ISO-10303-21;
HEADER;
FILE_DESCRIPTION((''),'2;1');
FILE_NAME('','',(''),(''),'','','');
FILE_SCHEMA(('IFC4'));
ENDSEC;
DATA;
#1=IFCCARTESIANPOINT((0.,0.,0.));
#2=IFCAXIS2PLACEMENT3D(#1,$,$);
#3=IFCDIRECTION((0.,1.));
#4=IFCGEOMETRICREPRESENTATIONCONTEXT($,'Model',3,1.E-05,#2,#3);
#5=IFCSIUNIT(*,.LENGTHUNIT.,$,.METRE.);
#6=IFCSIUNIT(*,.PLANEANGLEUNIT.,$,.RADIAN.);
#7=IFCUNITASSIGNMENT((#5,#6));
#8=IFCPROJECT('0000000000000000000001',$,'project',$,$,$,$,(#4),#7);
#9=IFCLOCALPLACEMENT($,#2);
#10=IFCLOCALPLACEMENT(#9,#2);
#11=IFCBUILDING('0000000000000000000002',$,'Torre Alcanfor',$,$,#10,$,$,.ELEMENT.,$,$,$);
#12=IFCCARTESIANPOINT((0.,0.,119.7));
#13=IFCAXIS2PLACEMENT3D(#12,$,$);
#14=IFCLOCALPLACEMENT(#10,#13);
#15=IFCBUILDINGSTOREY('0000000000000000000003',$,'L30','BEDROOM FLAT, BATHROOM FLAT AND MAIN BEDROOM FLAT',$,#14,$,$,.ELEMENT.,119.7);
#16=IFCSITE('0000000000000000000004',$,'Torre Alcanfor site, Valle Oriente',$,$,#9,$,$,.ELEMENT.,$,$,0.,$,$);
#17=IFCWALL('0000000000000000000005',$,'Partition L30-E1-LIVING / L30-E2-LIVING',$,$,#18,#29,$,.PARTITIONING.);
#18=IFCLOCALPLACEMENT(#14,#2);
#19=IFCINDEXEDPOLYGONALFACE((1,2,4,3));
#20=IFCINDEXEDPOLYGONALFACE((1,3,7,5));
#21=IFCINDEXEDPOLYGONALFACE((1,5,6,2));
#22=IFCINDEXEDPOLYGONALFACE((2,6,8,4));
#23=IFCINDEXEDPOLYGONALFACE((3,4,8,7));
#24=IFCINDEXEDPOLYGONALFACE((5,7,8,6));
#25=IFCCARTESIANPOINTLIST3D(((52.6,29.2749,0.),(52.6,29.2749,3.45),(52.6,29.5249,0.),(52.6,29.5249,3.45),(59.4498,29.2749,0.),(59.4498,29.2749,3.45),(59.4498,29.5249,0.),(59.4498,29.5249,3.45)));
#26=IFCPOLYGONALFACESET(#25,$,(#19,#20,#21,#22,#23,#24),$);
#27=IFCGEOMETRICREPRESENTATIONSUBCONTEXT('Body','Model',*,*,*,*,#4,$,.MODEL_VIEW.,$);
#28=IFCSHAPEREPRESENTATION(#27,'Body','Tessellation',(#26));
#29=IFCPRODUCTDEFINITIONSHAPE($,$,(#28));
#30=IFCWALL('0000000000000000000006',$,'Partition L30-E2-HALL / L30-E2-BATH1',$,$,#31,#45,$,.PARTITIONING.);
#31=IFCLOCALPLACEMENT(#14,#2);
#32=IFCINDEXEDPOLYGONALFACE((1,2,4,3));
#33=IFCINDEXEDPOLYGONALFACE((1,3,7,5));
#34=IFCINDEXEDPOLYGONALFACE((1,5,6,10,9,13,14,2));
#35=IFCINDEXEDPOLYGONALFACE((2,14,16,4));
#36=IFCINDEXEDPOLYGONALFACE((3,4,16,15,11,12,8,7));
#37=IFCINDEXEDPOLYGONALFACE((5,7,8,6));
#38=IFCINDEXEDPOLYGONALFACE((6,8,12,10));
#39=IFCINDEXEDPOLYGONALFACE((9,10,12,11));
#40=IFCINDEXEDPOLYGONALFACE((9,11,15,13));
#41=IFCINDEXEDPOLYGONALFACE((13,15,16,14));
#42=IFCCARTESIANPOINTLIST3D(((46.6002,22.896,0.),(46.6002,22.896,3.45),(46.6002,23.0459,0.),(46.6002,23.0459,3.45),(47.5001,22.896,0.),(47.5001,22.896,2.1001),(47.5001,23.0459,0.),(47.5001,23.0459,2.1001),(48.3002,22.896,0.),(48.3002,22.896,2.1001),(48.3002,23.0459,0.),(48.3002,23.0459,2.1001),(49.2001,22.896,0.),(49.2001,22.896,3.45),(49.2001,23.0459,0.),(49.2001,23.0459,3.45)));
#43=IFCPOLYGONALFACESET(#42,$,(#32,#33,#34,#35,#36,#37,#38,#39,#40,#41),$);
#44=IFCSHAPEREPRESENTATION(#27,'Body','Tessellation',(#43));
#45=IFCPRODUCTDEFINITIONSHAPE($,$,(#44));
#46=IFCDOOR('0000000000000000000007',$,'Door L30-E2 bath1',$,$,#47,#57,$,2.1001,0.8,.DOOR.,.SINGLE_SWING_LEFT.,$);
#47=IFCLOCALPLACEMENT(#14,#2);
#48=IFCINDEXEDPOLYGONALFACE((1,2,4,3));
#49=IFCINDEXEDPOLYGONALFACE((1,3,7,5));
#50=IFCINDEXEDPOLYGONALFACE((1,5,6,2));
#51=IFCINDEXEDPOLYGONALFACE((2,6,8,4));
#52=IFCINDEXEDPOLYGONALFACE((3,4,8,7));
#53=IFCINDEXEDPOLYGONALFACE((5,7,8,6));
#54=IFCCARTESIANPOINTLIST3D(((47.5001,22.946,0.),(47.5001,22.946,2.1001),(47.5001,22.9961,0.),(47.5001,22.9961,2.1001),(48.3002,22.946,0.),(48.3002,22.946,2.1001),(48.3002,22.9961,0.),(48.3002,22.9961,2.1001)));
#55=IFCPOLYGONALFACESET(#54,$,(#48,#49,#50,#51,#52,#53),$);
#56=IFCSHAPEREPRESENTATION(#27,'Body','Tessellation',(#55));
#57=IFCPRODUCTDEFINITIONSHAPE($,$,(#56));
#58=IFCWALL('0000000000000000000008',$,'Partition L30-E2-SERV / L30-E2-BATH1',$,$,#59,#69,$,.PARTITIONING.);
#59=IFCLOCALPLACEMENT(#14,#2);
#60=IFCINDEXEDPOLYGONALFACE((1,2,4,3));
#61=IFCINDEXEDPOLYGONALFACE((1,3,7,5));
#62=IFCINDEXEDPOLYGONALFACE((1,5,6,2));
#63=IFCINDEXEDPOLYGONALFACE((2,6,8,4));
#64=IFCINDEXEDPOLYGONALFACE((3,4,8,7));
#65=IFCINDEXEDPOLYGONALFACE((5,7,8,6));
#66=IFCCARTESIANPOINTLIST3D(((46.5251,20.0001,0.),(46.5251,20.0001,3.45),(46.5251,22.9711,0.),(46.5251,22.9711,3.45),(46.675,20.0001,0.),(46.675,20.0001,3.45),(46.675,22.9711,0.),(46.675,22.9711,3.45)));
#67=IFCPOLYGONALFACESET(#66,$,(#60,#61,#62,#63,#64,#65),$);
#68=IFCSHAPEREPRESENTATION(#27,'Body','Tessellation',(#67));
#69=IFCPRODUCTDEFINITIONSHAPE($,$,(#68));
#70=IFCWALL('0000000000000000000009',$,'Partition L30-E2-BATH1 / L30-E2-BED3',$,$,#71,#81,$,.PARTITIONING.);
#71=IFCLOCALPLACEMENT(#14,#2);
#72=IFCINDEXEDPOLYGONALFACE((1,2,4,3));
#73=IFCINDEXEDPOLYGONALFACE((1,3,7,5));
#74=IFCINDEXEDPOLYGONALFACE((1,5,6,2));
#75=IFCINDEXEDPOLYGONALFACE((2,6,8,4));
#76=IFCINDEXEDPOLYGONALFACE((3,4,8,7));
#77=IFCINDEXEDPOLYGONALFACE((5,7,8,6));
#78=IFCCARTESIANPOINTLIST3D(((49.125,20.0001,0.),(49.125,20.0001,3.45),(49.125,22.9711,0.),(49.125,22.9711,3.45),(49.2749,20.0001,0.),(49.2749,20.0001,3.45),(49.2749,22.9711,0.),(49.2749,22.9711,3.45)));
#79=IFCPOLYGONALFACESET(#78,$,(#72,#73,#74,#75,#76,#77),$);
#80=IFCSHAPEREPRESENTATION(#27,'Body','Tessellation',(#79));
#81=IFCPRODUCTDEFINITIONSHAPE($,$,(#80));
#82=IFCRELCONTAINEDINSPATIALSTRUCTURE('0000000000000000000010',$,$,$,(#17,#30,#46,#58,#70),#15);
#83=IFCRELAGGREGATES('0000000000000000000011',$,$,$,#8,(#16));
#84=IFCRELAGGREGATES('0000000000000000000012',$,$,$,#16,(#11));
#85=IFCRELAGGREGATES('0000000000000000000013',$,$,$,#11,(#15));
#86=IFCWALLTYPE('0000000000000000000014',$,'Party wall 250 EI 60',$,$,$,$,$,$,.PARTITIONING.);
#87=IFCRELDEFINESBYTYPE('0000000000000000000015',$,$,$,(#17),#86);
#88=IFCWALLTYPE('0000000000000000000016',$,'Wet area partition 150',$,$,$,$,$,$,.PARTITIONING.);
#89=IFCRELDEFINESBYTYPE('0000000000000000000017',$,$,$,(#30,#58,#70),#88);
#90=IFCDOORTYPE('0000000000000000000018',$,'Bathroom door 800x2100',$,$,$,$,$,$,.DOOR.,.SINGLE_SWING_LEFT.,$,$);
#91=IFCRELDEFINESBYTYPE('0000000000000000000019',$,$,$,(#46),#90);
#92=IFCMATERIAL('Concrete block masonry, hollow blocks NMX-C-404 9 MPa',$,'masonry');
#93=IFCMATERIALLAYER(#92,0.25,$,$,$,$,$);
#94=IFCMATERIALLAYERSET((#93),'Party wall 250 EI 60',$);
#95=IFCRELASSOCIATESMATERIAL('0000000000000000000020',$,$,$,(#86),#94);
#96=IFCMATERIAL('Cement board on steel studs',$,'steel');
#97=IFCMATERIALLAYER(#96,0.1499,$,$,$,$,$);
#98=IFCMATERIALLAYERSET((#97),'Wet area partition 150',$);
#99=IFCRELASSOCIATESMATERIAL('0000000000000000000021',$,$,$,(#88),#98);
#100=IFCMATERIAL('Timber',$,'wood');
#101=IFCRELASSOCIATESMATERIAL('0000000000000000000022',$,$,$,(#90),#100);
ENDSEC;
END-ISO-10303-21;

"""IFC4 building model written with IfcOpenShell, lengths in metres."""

from ifc_helpers import new_model, si_unit, direction, frame, frame_2d, origin, place, context, subcontext, project, spatial, rectangle, extrude, material, layer, layer_set, type_object, element, fill, save


model = new_model("IFC4")

# Units and contexts
model_context = context("Model", 3, precision=1e-05, world=origin(), true_north=direction((0.0, 1.0)))
body_context = subcontext(model_context, "Body", "Model", "MODEL_VIEW")
ifc_project = project(units=[si_unit("LENGTHUNIT", "METRE"), si_unit("PLANEANGLEUNIT", "RADIAN")], contexts=[model_context])

# Site, building, storey
site_placement = place(None, origin())
site = spatial("IfcSite", under=ifc_project, at=site_placement, Name="Torre Alcanfor site, Valle Oriente", CompositionType="ELEMENT", RefElevation=0.0)
building_placement = place(site_placement, origin())
building = spatial("IfcBuilding", under=site, at=building_placement, Name="Torre Alcanfor", CompositionType="ELEMENT")
storey_placement = place(building_placement, frame((0.0, 0.0, 119.7)))
storey = spatial("IfcBuildingStorey", under=building, at=storey_placement, Name="L30", Description="BEDROOM FLAT, BATHROOM FLAT AND MAIN BEDROOM FLAT", CompositionType="ELEMENT", Elevation=119.7)

# Wall
ifc_material_1 = material(Name="Concrete block masonry, hollow blocks NMX-C-404 9 MPa", Category="masonry")
ifc_layer_1 = layer(ifc_material_1, 0.25)
ifc_layer_set_1 = layer_set([ifc_layer_1], Name="Party wall 250 EI 60")
wall_type_1 = type_object("IfcWallType", Name="Party wall 250 EI 60", PredefinedType="PARTITIONING", material=ifc_layer_set_1)
wall_1_placement = place(storey_placement, frame((52.6001, 29.3999, 0.0), z_axis=(0.0, 0.0, 1.0), x_axis=(1.0, 0.0, 0.0)))
element("IfcWall", 1, at=wall_1_placement, inside=storey, type_object=wall_type_1, Name="Partition L30-E1-LIVING / L30-E2-LIVING", PredefinedType="PARTITIONING", context=body_context, shape_type="SweptSolid", body=[
    extrude(rectangle(XDim=6.8499, YDim=0.25, at=frame_2d((3.4248, 0.0))), origin(), (0.0, 0.0, 1.0), 3.45),
])

# Wall, opening, door
ifc_material_2 = material(Name="Cement board on steel studs", Category="steel")
ifc_layer_2 = layer(ifc_material_2, 0.1499)
ifc_layer_set_2 = layer_set([ifc_layer_2], Name="Wet area partition 150")
wall_type_2 = type_object("IfcWallType", Name="Wet area partition 150", PredefinedType="PARTITIONING", material=ifc_layer_set_2)
wall_2_placement = place(storey_placement, frame((49.2, 22.9709, 0.0), z_axis=(0.0, 0.0, 1.0), x_axis=(-1.0, 0.0, 0.0)))
wall_2 = element("IfcWall", 2, at=wall_2_placement, inside=storey, type_object=wall_type_2, Name="Partition L30-E2-HALL / L30-E2-BATH1", PredefinedType="PARTITIONING", context=body_context, shape_type="SweptSolid", body=[
    extrude(rectangle(XDim=2.5999, YDim=0.1499, at=frame_2d((1.2998, 0.0))), origin(), (0.0, 0.0, 1.0), 3.45),
])
opening_1_placement = place(wall_2_placement, frame((0.8999, 0.0, 0.0)))
opening_1 = element("IfcOpeningElement", 3, at=opening_1_placement, cuts=wall_2, PredefinedType="OPENING", context=body_context, shape_type="SweptSolid", body=[
    extrude(rectangle(XDim=0.8, YDim=2.1001, at=frame_2d((0.3999, 1.05))), frame((0.0, 0.085, 0.0), z_axis=(0.0, -1.0, 0.0), x_axis=(1.0, 0.0, 0.0)), (0.0, 0.0, 1.0), 0.1699),
])
ifc_material_3 = material(Name="Timber", Category="wood")
door_type_1 = type_object("IfcDoorType", Name="Bathroom door 800x2100", OperationType="SINGLE_SWING_LEFT", PredefinedType="DOOR", material=ifc_material_3)
door_1_placement = place(opening_1_placement, origin())
door_1 = element("IfcDoor", 4, at=door_1_placement, inside=storey, type_object=door_type_1, Name="Door L30-E2 bath1", OperationType="SINGLE_SWING_LEFT", OverallHeight=2.1001, OverallWidth=0.8, PredefinedType="DOOR", context=body_context, shape_type="SweptSolid", body=[
    extrude(rectangle(XDim=0.8, YDim=2.1001, at=frame_2d((0.3999, 1.05))), frame((0.0, 0.0249, 0.0), z_axis=(0.0, -1.0, 0.0), x_axis=(1.0, 0.0, 0.0)), (0.0, 0.0, 1.0), 0.05),
])
fill(opening_1, door_1)

# Walls
for number, where, z_axis, x_axis, name in (
    (5, (46.6001, 22.9709, 0.0), (0.0, 0.0, 1.0), (0.0, -1.0, 0.0), "Partition L30-E2-SERV / L30-E2-BATH1"),
    (6, (49.2, 22.9709, 0.0), (0.0, 0.0, 1.0), (0.0, -1.0, 0.0), "Partition L30-E2-BATH1 / L30-E2-BED3"),
):
    element("IfcWall", number, at=place(storey_placement, frame(where, z_axis=z_axis, x_axis=x_axis)), inside=storey, type_object=wall_type_2, Name=name, PredefinedType="PARTITIONING", context=body_context, shape_type="SweptSolid", body=[
        extrude(rectangle(XDim=2.9709, YDim=0.1499, at=frame_2d((1.4854, 0.0))), origin(), (0.0, 0.0, 1.0), 3.45),
    ])

save(model, "model.ifc")
